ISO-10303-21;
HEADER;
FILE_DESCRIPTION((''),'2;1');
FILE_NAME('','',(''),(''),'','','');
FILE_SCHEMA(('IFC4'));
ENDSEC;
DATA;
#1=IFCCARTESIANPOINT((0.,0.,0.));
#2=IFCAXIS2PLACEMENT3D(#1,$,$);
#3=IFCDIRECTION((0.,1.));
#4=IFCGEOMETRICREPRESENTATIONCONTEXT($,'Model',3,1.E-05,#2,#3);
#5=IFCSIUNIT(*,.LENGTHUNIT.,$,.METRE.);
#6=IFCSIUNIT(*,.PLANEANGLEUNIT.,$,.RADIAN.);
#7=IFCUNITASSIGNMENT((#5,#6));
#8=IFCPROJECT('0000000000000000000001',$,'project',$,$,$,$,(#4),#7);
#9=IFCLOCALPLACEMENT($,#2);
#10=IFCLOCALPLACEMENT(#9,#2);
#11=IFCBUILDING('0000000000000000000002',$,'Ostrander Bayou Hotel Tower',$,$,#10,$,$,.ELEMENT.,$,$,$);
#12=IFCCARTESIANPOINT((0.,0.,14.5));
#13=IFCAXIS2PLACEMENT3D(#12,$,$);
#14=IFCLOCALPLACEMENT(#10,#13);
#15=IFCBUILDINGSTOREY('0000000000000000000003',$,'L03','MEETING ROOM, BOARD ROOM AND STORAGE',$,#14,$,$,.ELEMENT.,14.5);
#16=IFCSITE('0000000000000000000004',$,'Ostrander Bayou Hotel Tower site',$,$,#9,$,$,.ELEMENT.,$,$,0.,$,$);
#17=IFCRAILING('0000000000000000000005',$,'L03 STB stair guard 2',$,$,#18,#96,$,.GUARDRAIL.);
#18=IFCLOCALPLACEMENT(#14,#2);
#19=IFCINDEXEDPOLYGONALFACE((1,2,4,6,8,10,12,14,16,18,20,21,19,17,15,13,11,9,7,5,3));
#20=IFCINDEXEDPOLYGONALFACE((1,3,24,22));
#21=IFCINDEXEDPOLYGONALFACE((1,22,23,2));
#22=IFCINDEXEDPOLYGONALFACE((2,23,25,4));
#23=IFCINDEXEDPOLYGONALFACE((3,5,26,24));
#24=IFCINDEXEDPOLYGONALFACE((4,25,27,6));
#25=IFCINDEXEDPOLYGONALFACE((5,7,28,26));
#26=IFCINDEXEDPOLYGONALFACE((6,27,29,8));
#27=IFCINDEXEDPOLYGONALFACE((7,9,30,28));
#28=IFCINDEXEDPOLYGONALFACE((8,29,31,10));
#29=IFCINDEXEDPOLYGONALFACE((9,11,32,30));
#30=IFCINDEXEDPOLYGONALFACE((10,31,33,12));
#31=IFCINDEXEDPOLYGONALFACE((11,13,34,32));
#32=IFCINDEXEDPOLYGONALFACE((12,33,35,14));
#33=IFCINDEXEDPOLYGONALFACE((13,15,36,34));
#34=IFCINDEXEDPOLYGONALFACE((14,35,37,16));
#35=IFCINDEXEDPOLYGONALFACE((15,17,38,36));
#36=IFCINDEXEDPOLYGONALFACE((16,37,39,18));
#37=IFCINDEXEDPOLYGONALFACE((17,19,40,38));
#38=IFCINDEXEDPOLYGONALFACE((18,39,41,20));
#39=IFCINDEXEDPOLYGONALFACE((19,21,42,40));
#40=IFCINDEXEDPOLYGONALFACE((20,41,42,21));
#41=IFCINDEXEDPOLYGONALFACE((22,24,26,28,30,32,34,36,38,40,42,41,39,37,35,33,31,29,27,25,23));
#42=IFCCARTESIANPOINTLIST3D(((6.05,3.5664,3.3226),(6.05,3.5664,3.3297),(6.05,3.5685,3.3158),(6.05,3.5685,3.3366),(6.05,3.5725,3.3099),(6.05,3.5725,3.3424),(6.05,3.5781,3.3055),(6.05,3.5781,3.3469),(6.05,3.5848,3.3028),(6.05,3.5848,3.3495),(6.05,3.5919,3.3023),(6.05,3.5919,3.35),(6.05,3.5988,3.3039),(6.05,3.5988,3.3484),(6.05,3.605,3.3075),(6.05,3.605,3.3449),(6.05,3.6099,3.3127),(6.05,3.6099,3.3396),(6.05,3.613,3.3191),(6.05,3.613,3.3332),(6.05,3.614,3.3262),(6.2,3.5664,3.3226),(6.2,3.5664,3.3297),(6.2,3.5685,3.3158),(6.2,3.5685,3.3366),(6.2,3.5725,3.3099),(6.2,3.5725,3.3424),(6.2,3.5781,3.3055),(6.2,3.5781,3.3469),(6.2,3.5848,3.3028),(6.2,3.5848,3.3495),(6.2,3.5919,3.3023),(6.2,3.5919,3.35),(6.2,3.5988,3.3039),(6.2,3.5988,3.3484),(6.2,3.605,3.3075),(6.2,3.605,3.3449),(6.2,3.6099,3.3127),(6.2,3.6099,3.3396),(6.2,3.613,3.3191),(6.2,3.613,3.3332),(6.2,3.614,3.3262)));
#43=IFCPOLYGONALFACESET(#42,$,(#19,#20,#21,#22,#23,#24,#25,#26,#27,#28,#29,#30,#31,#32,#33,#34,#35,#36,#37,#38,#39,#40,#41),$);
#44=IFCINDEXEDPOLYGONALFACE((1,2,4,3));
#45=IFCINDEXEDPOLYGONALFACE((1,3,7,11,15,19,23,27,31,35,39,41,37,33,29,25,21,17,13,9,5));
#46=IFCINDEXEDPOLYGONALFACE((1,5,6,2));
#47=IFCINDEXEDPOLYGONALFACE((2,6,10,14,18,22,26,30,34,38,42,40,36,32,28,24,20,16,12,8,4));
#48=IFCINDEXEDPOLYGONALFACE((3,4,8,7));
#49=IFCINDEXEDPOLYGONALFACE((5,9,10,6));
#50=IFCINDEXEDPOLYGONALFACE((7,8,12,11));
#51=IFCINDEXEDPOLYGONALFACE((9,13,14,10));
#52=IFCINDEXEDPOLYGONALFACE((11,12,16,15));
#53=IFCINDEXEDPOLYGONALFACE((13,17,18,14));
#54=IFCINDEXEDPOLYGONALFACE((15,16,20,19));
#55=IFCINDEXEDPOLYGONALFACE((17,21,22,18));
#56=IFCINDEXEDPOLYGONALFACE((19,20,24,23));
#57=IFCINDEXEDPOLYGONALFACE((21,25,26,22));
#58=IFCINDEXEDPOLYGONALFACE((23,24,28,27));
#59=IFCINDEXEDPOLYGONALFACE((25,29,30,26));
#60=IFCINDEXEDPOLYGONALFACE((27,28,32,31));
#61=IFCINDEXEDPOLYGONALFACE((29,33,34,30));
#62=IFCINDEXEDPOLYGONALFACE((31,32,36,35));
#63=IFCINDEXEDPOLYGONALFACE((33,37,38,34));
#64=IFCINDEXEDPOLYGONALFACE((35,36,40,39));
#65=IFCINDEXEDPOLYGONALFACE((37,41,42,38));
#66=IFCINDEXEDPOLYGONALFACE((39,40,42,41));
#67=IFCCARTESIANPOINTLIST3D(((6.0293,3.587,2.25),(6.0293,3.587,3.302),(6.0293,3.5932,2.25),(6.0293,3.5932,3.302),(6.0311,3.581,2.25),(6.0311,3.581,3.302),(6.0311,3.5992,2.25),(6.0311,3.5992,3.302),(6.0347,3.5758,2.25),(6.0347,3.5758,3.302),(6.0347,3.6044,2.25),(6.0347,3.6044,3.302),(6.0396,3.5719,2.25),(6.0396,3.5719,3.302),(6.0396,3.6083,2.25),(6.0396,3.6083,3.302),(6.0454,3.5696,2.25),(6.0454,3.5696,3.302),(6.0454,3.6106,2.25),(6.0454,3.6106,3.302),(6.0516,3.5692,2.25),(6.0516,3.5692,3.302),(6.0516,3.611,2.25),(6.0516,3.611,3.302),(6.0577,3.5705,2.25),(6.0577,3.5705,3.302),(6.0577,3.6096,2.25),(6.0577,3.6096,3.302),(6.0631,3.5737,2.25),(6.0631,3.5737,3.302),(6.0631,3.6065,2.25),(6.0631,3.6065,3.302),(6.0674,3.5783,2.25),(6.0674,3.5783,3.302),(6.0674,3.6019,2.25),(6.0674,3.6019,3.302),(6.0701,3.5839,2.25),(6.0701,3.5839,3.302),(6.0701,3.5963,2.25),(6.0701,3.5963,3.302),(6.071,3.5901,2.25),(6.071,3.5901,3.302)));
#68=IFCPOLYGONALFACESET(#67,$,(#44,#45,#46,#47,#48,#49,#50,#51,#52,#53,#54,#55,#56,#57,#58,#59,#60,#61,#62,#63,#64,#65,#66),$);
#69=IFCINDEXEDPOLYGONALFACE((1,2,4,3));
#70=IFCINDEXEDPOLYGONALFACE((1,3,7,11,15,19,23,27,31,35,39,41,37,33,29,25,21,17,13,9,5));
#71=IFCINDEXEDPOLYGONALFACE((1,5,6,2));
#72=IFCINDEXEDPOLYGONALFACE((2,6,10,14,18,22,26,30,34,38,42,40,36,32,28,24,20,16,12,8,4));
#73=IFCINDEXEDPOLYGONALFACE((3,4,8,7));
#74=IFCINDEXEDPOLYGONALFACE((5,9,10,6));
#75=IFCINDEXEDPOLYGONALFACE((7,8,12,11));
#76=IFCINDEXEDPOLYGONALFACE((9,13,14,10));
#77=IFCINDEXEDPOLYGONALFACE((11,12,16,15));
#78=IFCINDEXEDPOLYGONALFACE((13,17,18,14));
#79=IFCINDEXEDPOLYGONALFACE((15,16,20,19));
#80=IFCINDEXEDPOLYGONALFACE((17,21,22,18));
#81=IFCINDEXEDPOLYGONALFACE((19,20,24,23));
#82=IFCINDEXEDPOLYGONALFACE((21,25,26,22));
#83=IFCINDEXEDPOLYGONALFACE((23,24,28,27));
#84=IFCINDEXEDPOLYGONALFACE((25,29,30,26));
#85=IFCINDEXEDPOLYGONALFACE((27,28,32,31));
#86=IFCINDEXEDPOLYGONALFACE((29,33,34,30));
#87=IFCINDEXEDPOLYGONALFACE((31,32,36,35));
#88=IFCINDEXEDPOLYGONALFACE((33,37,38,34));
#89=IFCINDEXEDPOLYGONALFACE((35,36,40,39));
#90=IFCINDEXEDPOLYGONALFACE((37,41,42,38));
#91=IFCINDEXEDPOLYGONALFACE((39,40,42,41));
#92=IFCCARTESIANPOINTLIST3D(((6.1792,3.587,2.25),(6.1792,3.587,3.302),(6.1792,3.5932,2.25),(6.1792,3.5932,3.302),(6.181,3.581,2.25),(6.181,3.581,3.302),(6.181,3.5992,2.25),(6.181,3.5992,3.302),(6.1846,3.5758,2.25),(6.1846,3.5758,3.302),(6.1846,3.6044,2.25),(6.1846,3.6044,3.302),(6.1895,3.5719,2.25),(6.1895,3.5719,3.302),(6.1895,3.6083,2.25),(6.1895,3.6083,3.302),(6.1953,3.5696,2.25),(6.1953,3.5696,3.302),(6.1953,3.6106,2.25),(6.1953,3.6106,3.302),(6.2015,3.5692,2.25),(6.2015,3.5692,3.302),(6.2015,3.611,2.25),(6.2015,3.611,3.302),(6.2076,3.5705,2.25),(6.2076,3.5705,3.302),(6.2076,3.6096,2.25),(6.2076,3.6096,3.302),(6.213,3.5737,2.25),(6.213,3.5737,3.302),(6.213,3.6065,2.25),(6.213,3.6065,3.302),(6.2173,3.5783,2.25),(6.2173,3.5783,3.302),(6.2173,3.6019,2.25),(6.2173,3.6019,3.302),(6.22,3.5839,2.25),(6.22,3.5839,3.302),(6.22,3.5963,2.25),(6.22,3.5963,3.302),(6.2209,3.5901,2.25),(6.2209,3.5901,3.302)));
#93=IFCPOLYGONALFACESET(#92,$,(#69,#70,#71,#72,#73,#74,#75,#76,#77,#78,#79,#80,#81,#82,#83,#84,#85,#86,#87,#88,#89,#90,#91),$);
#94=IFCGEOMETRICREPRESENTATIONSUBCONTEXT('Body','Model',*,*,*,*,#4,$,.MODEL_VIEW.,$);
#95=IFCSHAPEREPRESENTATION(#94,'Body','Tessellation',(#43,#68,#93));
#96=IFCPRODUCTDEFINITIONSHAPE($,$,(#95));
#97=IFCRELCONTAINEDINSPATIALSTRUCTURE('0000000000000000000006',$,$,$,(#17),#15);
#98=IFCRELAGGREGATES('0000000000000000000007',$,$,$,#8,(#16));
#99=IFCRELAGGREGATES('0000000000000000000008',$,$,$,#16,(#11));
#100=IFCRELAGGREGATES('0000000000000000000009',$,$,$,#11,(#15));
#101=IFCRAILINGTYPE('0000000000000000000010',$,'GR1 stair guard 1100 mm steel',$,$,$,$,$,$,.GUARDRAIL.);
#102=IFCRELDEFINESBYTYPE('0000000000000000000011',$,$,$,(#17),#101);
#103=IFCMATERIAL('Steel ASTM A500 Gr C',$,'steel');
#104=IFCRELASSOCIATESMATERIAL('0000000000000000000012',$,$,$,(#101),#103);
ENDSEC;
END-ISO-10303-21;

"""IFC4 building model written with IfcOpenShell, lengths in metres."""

from ifc_helpers import new_model, si_unit, direction, frame, origin, origin_2d, place, context, subcontext, project, spatial, circle, extrude, material, type_object, element, save


model = new_model("IFC4")

# Units and contexts
model_context = context("Model", 3, precision=1e-05, world=origin(), true_north=direction((0.0, 1.0)))
body_context = subcontext(model_context, "Body", "Model", "MODEL_VIEW")
ifc_project = project(units=[si_unit("LENGTHUNIT", "METRE"), si_unit("PLANEANGLEUNIT", "RADIAN")], contexts=[model_context])

# Site, building, storey
site_placement = place(None, origin())
site = spatial("IfcSite", under=ifc_project, at=site_placement, Name="Ostrander Bayou Hotel Tower site", CompositionType="ELEMENT", RefElevation=0.0)
building_placement = place(site_placement, origin())
building = spatial("IfcBuilding", under=site, at=building_placement, Name="Ostrander Bayou Hotel Tower", CompositionType="ELEMENT")
storey_placement = place(building_placement, frame((0.0, 0.0, 14.5)))
storey = spatial("IfcBuildingStorey", under=building, at=storey_placement, Name="L03", Description="MEETING ROOM, BOARD ROOM AND STORAGE", CompositionType="ELEMENT", Elevation=14.5)

# Railing
ifc_material_1 = material(Name="Steel ASTM A500 Gr C", Category="steel")
railing_type_1 = type_object("IfcRailingType", Name="GR1 stair guard 1100 mm steel", PredefinedType="GUARDRAIL", material=ifc_material_1)
railing_1_placement = place(storey_placement, frame((6.05, 3.5901, 2.25)))
element("IfcRailing", 1, at=railing_1_placement, inside=storey, type_object=railing_type_1, Name="L03 STB stair guard 2", PredefinedType="GUARDRAIL", context=body_context, shape_type="SweptSolid", body=[
    extrude(circle(Radius=0.0239, at=origin_2d()), frame((0.0, 0.0, 1.0762), z_axis=(1.0, 0.0, 0.0), x_axis=(0.0, 1.0, 0.0)), (0.0, 0.0, 1.0), 0.1499),
    extrude(circle(Radius=0.021, at=origin_2d()), origin(), (0.0, 0.0, 1.0), 1.052),
    extrude(circle(Radius=0.021, at=origin_2d()), frame((0.1499, 0.0, 0.0)), (0.0, 0.0, 1.0), 1.052),
])

save(model, "model.ifc")
